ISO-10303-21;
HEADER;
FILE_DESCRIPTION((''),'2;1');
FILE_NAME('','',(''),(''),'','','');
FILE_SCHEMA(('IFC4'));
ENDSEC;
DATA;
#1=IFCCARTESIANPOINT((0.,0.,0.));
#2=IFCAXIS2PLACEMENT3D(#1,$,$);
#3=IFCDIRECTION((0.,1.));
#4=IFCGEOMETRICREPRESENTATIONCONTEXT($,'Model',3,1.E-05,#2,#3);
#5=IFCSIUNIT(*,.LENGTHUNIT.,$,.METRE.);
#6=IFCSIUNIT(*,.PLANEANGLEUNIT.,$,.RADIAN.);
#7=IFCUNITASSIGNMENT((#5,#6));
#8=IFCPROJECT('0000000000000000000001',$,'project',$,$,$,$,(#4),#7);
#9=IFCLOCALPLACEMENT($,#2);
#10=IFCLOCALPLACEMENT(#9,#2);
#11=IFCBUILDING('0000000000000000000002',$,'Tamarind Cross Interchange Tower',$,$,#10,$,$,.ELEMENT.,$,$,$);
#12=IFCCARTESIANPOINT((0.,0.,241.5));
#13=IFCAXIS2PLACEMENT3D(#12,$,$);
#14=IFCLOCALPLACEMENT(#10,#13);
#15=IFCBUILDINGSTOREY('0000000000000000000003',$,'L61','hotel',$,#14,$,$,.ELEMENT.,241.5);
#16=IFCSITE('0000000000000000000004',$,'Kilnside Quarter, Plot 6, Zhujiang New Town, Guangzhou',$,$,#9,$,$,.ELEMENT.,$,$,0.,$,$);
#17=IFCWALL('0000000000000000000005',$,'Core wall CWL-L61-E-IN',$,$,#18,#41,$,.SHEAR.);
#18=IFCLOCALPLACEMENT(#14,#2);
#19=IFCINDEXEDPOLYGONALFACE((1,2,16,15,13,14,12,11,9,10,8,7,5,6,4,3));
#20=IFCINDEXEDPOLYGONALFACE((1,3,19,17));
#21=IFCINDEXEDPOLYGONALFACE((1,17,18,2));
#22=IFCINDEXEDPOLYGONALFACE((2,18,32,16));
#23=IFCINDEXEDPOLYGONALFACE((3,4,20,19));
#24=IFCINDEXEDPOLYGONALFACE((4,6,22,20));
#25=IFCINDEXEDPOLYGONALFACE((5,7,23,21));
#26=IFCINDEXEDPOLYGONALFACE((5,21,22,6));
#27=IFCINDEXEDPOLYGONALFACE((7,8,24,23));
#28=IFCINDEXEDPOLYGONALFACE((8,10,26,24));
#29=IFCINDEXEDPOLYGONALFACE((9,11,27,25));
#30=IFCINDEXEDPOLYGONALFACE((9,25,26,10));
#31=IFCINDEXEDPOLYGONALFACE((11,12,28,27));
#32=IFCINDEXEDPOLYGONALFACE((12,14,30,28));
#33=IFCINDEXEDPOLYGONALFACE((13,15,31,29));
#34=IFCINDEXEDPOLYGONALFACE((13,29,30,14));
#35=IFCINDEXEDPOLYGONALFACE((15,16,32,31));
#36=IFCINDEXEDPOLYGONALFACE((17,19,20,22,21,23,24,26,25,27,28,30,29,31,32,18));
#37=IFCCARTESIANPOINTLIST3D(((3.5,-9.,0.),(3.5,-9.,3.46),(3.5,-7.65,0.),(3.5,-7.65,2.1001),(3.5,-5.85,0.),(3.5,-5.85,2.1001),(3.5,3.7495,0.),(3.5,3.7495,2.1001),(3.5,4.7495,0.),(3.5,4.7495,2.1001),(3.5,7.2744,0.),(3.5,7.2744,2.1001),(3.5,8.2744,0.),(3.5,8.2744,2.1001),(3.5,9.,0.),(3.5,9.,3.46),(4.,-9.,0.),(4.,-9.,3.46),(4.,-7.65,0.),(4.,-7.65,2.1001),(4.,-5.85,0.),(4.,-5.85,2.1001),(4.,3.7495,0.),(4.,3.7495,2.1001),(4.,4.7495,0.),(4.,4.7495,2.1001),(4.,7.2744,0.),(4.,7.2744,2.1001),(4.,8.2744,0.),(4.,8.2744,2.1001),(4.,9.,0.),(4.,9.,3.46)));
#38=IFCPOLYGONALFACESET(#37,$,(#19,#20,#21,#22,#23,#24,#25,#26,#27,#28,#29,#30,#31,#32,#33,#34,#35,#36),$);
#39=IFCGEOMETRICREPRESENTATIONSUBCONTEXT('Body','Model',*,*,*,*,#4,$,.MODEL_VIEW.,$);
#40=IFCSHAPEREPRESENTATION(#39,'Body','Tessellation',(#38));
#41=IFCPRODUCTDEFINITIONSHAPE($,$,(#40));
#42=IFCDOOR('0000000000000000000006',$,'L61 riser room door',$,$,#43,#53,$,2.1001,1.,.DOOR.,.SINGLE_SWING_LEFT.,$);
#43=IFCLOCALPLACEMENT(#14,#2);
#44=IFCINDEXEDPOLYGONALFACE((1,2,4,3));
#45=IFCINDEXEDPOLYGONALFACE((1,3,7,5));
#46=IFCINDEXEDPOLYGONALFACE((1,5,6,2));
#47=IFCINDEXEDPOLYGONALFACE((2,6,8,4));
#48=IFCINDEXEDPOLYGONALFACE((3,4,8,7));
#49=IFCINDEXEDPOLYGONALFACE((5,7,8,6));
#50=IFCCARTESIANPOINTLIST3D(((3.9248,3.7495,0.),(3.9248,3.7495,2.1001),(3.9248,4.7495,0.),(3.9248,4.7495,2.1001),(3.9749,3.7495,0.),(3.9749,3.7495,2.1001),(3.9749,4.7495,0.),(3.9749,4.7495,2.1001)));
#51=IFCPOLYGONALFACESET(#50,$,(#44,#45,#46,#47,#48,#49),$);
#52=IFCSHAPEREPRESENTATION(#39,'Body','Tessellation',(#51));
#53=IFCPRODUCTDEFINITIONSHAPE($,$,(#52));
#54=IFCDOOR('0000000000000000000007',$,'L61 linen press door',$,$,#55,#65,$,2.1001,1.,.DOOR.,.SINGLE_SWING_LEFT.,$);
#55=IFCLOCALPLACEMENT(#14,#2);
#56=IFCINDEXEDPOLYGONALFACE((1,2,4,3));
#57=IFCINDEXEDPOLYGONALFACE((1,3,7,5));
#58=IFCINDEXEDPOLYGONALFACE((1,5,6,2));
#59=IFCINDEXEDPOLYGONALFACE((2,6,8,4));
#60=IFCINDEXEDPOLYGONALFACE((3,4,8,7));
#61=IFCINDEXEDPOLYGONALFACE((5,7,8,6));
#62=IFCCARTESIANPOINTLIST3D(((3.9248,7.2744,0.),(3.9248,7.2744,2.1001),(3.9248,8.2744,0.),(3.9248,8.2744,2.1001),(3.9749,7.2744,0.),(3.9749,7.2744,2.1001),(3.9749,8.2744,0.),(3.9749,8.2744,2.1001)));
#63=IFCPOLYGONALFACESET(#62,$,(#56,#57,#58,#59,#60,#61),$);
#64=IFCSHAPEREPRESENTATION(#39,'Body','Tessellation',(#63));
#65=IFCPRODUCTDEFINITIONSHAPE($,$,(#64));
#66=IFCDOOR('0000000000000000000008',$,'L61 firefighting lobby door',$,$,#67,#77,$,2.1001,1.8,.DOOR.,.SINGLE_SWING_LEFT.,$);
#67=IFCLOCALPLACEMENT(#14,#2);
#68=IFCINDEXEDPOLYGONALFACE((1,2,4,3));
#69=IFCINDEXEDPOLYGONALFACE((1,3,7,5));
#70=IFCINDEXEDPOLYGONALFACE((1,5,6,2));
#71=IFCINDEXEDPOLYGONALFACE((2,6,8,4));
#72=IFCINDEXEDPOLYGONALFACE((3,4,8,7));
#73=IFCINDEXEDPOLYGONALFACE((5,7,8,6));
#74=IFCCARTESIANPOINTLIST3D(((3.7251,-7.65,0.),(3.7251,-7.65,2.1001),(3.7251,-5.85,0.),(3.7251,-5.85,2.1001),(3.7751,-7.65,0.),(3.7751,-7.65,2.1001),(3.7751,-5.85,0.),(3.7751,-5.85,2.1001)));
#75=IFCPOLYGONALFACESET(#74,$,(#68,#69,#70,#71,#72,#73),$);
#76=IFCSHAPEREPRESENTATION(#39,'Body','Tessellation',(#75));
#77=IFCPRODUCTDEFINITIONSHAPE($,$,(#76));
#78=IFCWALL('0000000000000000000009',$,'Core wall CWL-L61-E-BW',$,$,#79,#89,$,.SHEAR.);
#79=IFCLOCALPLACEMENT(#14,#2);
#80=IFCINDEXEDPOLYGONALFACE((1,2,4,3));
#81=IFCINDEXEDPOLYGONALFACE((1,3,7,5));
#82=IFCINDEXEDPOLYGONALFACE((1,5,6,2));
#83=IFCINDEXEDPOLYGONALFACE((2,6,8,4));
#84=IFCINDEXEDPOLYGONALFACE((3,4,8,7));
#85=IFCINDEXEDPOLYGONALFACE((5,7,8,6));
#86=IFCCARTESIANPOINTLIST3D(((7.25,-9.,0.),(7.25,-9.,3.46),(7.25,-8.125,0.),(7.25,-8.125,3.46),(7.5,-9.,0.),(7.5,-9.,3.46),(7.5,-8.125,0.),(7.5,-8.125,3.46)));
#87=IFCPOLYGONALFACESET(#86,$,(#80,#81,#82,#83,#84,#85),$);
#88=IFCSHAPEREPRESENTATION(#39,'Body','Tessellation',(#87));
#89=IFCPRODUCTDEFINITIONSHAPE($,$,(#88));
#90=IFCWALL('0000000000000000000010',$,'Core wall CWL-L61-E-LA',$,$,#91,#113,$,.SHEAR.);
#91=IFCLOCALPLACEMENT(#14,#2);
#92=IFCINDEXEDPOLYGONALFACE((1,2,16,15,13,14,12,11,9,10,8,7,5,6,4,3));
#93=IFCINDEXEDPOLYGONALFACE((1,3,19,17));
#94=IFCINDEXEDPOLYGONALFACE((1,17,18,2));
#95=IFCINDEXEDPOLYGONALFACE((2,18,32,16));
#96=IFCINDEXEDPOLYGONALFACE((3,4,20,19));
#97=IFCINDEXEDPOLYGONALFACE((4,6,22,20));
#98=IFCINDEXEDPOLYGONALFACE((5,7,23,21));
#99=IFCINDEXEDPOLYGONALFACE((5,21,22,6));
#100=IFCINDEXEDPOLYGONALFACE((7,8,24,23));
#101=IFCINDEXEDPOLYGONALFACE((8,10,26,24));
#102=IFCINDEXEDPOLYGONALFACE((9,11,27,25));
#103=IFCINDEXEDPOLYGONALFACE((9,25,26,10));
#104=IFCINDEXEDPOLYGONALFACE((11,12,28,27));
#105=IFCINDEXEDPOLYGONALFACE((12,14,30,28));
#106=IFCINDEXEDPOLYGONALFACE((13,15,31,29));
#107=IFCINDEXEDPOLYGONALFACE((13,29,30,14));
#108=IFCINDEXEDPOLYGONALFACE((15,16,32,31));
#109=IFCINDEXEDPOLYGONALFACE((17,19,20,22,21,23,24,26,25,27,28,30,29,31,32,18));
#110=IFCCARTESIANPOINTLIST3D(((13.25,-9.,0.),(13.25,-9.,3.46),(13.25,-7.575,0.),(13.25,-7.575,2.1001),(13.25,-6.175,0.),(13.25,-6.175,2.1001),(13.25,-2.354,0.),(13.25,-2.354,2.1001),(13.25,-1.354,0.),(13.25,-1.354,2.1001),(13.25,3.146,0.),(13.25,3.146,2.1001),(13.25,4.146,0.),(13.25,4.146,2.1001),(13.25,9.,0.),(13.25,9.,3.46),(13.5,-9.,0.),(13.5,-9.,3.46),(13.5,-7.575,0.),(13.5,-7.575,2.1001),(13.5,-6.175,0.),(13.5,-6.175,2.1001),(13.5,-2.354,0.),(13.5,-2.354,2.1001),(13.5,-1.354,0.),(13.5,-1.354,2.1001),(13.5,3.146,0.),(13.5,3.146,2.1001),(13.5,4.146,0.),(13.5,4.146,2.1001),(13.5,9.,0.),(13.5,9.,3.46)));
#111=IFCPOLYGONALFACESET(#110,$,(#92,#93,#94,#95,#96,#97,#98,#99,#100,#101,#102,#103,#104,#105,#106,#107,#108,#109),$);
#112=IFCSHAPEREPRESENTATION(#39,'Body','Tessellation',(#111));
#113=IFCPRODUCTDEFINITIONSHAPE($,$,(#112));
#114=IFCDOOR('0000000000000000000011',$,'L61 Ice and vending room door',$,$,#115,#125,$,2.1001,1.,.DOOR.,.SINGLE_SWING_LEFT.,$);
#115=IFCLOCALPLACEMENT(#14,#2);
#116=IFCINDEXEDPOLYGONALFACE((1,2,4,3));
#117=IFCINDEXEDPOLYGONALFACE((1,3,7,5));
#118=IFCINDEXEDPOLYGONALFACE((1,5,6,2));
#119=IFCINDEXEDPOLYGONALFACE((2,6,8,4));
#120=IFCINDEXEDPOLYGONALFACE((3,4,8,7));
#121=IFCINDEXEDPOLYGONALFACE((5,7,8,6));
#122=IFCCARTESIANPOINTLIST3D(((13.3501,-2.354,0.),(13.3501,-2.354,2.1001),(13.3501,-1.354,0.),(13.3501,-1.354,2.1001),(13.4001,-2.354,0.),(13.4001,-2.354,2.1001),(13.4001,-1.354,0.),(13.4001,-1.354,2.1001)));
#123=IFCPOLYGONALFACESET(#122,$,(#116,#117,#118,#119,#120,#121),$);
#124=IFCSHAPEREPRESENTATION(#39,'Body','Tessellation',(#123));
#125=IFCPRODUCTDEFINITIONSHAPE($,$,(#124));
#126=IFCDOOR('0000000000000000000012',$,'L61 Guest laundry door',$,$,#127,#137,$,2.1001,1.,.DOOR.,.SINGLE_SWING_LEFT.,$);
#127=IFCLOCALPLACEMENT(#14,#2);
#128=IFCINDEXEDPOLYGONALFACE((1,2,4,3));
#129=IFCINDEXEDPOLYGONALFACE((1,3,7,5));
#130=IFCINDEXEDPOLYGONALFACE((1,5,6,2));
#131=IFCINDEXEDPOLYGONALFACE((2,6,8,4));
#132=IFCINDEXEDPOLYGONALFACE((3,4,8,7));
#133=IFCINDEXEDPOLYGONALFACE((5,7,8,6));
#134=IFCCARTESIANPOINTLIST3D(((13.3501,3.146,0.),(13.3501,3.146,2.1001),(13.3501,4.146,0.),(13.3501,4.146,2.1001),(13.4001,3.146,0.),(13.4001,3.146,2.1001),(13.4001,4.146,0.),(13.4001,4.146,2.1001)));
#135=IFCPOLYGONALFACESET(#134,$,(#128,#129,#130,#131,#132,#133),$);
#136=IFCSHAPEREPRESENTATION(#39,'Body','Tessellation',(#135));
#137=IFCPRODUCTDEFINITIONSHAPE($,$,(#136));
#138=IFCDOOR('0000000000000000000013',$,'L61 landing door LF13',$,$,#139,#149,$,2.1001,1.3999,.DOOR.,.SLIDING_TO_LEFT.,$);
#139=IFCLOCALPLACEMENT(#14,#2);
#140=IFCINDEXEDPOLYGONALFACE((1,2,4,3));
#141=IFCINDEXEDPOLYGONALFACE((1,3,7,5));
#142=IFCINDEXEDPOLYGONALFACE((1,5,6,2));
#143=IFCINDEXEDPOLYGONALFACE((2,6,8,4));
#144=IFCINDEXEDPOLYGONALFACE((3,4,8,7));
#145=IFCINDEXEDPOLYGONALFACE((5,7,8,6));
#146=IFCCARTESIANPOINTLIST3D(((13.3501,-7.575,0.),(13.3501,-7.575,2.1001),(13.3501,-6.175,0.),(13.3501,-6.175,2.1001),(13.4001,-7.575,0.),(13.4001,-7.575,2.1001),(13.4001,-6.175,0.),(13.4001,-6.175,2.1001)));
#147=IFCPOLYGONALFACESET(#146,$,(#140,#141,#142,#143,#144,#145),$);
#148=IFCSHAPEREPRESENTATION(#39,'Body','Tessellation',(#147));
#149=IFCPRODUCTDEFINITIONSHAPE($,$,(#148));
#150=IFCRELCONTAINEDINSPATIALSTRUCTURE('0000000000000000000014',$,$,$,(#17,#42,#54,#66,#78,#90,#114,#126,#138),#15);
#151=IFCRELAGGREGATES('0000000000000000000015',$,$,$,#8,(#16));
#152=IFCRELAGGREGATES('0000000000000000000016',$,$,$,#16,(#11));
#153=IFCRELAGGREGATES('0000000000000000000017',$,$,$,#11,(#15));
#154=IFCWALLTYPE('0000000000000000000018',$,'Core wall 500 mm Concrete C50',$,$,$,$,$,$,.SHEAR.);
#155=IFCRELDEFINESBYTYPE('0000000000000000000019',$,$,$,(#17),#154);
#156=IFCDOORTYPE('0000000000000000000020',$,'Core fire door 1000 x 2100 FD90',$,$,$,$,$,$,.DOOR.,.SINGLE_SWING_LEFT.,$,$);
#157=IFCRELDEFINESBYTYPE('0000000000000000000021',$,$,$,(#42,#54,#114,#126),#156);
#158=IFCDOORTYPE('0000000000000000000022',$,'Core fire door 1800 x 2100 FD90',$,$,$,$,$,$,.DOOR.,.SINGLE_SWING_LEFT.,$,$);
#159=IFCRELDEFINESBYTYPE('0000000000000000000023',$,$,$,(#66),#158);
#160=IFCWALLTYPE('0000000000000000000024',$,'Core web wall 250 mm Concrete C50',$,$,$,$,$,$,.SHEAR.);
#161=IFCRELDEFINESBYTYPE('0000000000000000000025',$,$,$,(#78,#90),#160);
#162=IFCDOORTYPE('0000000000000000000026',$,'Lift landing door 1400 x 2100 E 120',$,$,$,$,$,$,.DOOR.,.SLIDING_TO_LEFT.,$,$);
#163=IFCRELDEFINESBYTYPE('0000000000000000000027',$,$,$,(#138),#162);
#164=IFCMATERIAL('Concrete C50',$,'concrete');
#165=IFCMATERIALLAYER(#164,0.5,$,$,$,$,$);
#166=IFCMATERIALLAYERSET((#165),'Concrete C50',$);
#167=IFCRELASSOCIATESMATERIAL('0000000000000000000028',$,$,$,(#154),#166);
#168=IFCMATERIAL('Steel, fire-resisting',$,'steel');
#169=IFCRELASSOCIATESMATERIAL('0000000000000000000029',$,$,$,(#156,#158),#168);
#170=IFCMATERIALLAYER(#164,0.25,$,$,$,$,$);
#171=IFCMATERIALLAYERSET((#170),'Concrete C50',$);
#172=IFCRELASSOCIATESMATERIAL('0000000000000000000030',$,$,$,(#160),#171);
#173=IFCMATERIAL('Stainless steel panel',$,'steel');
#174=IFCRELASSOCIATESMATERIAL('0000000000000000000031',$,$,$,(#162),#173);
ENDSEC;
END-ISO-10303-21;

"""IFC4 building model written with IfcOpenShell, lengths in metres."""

from ifc_helpers import new_model, si_unit, direction, frame, frame_2d, origin, place, context, subcontext, project, spatial, rectangle, extrude, material, layer, layer_set, type_object, element, fill, save


model = new_model("IFC4")

# Units and contexts
model_context = context("Model", 3, precision=1e-05, world=origin(), true_north=direction((0.0, 1.0)))
body_context = subcontext(model_context, "Body", "Model", "MODEL_VIEW")
ifc_project = project(units=[si_unit("LENGTHUNIT", "METRE"), si_unit("PLANEANGLEUNIT", "RADIAN")], contexts=[model_context])

# Site, building, storey
site_placement = place(None, origin())
site = spatial("IfcSite", under=ifc_project, at=site_placement, Name="Kilnside Quarter, Plot 6, Zhujiang New Town, Guangzhou", CompositionType="ELEMENT", RefElevation=0.0)
building_placement = place(site_placement, origin())
building = spatial("IfcBuilding", under=site, at=building_placement, Name="Tamarind Cross Interchange Tower", CompositionType="ELEMENT")
storey_placement = place(building_placement, frame((0.0, 0.0, 241.5)))
storey = spatial("IfcBuildingStorey", under=building, at=storey_placement, Name="L61", Description="hotel", CompositionType="ELEMENT", Elevation=241.5)

# Wall, openings, doors
ifc_material_1 = material(Name="Concrete C50", Category="concrete")
ifc_layer_1 = layer(ifc_material_1, 0.5)
ifc_layer_set_1 = layer_set([ifc_layer_1], Name="Concrete C50")
wall_type_1 = type_object("IfcWallType", Name="Core wall 500 mm Concrete C50", PredefinedType="SHEAR", material=ifc_layer_set_1)
wall_1_placement = place(storey_placement, frame((3.75, -9.0, 0.0), z_axis=(0.0, 0.0, 1.0), x_axis=(0.0, 1.0, 0.0)))
wall_1 = element("IfcWall", 1, at=wall_1_placement, inside=storey, type_object=wall_type_1, Name="Core wall CWL-L61-E-IN", PredefinedType="SHEAR", context=body_context, shape_type="SweptSolid", body=[
    extrude(rectangle(XDim=18.0, YDim=0.5, at=frame_2d((9.0, 0.0))), origin(), (0.0, 0.0, 1.0), 3.46),
])
opening_1_placement = place(wall_1_placement, frame((1.3501, 0.0, 0.0)))
opening_1 = element("IfcOpeningElement", 2, at=opening_1_placement, cuts=wall_1, PredefinedType="OPENING", context=body_context, shape_type="SweptSolid", body=[
    extrude(rectangle(XDim=1.8, YDim=2.1001, at=frame_2d((0.8999, 1.05))), frame((0.0, 0.26, 0.0), z_axis=(0.0, -1.0, 0.0), x_axis=(1.0, 0.0, 0.0)), (0.0, 0.0, 1.0), 0.52),
])
opening_2_placement = place(wall_1_placement, frame((12.7495, 0.0, 0.0)))
opening_2 = element("IfcOpeningElement", 3, at=opening_2_placement, cuts=wall_1, PredefinedType="OPENING", context=body_context, shape_type="SweptSolid", body=[
    extrude(rectangle(XDim=1.0, YDim=2.1001, at=frame_2d((0.5, 1.05))), frame((0.0, 0.26, 0.0), z_axis=(0.0, -1.0, 0.0), x_axis=(1.0, 0.0, 0.0)), (0.0, 0.0, 1.0), 0.52),
])
opening_3_placement = place(wall_1_placement, frame((16.2744, 0.0, 0.0)))
opening_3 = element("IfcOpeningElement", 4, at=opening_3_placement, cuts=wall_1, PredefinedType="OPENING", context=body_context, shape_type="SweptSolid", body=[
    extrude(rectangle(XDim=1.0, YDim=2.1001, at=frame_2d((0.5, 1.05))), frame((0.0, 0.26, 0.0), z_axis=(0.0, -1.0, 0.0), x_axis=(1.0, 0.0, 0.0)), (0.0, 0.0, 1.0), 0.52),
])
ifc_material_2 = material(Name="Steel, fire-resisting", Category="steel")
door_type_1 = type_object("IfcDoorType", Name="Core fire door 1000 x 2100 FD90", OperationType="SINGLE_SWING_LEFT", PredefinedType="DOOR", material=ifc_material_2)
door_1_placement = place(opening_2_placement, origin())
door_1 = element("IfcDoor", 5, at=door_1_placement, inside=storey, type_object=door_type_1, Name="L61 riser room door", OperationType="SINGLE_SWING_LEFT", OverallHeight=2.1001, OverallWidth=1.0, PredefinedType="DOOR", context=body_context, shape_type="SweptSolid", body=[
    extrude(rectangle(XDim=1.0, YDim=2.1001, at=frame_2d((0.5, 1.05))), frame((0.0, -0.1748, 0.0), z_axis=(0.0, -1.0, 0.0), x_axis=(1.0, 0.0, 0.0)), (0.0, 0.0, 1.0), 0.05),
])
fill(opening_2, door_1)
door_2_placement = place(opening_3_placement, origin())
door_2 = element("IfcDoor", 6, at=door_2_placement, inside=storey, type_object=door_type_1, Name="L61 linen press door", OperationType="SINGLE_SWING_LEFT", OverallHeight=2.1001, OverallWidth=1.0, PredefinedType="DOOR", context=body_context, shape_type="SweptSolid", body=[
    extrude(rectangle(XDim=1.0, YDim=2.1001, at=frame_2d((0.5, 1.05))), frame((0.0, -0.1748, 0.0), z_axis=(0.0, -1.0, 0.0), x_axis=(1.0, 0.0, 0.0)), (0.0, 0.0, 1.0), 0.05),
])
fill(opening_3, door_2)
door_type_2 = type_object("IfcDoorType", Name="Core fire door 1800 x 2100 FD90", OperationType="SINGLE_SWING_LEFT", PredefinedType="DOOR", material=ifc_material_2)
door_3_placement = place(opening_1_placement, origin())
door_3 = element("IfcDoor", 7, at=door_3_placement, inside=storey, type_object=door_type_2, Name="L61 firefighting lobby door", OperationType="SINGLE_SWING_LEFT", OverallHeight=2.1001, OverallWidth=1.8, PredefinedType="DOOR", context=body_context, shape_type="SweptSolid", body=[
    extrude(rectangle(XDim=1.8, YDim=2.1001, at=frame_2d((0.8999, 1.05))), frame((0.0, 0.0249, 0.0), z_axis=(0.0, -1.0, 0.0), x_axis=(1.0, 0.0, 0.0)), (0.0, 0.0, 1.0), 0.05),
])
fill(opening_1, door_3)

# Wall
ifc_layer_2 = layer(ifc_material_1, 0.25)
ifc_layer_set_2 = layer_set([ifc_layer_2], Name="Concrete C50")
wall_type_2 = type_object("IfcWallType", Name="Core web wall 250 mm Concrete C50", PredefinedType="SHEAR", material=ifc_layer_set_2)
wall_2_placement = place(storey_placement, frame((7.375, -9.0, 0.0), z_axis=(0.0, 0.0, 1.0), x_axis=(0.0, 1.0, 0.0)))
element("IfcWall", 8, at=wall_2_placement, inside=storey, type_object=wall_type_2, Name="Core wall CWL-L61-E-BW", PredefinedType="SHEAR", context=body_context, shape_type="SweptSolid", body=[
    extrude(rectangle(XDim=0.875, YDim=0.25, at=frame_2d((0.4375, 0.0))), origin(), (0.0, 0.0, 1.0), 3.46),
])

# Wall, openings, doors
wall_3_placement = place(storey_placement, frame((13.375, -9.0, 0.0), z_axis=(0.0, 0.0, 1.0), x_axis=(0.0, 1.0, 0.0)))
wall_3 = element("IfcWall", 9, at=wall_3_placement, inside=storey, type_object=wall_type_2, Name="Core wall CWL-L61-E-LA", PredefinedType="SHEAR", context=body_context, shape_type="SweptSolid", body=[
    extrude(rectangle(XDim=18.0, YDim=0.25, at=frame_2d((9.0, 0.0))), origin(), (0.0, 0.0, 1.0), 3.46),
])
opening_4_placement = place(wall_3_placement, frame((1.425, 0.0, 0.0)))
opening_4 = element("IfcOpeningElement", 10, at=opening_4_placement, cuts=wall_3, PredefinedType="OPENING", context=body_context, shape_type="SweptSolid", body=[
    extrude(rectangle(XDim=1.3999, YDim=2.1001, at=frame_2d((0.7, 1.05))), frame((0.0, 0.135, 0.0), z_axis=(0.0, -1.0, 0.0), x_axis=(1.0, 0.0, 0.0)), (0.0, 0.0, 1.0), 0.27),
])
opening_5_placement = place(wall_3_placement, frame((6.646, 0.0, 0.0)))
opening_5 = element("IfcOpeningElement", 11, at=opening_5_placement, cuts=wall_3, PredefinedType="OPENING", context=body_context, shape_type="SweptSolid", body=[
    extrude(rectangle(XDim=1.0, YDim=2.1001, at=frame_2d((0.5, 1.05))), frame((0.0, 0.135, 0.0), z_axis=(0.0, -1.0, 0.0), x_axis=(1.0, 0.0, 0.0)), (0.0, 0.0, 1.0), 0.27),
])
opening_6_placement = place(wall_3_placement, frame((12.146, 0.0, 0.0)))
opening_6 = element("IfcOpeningElement", 12, at=opening_6_placement, cuts=wall_3, PredefinedType="OPENING", context=body_context, shape_type="SweptSolid", body=[
    extrude(rectangle(XDim=1.0, YDim=2.1001, at=frame_2d((0.5, 1.05))), frame((0.0, 0.135, 0.0), z_axis=(0.0, -1.0, 0.0), x_axis=(1.0, 0.0, 0.0)), (0.0, 0.0, 1.0), 0.27),
])
door_4_placement = place(opening_5_placement, origin())
door_4 = element("IfcDoor", 13, at=door_4_placement, inside=storey, type_object=door_type_1, Name="L61 Ice and vending room door", OperationType="SINGLE_SWING_LEFT", OverallHeight=2.1001, OverallWidth=1.0, PredefinedType="DOOR", context=body_context, shape_type="SweptSolid", body=[
    extrude(rectangle(XDim=1.0, YDim=2.1001, at=frame_2d((0.5, 1.05))), frame((0.0, 0.0249, 0.0), z_axis=(0.0, -1.0, 0.0), x_axis=(1.0, 0.0, 0.0)), (0.0, 0.0, 1.0), 0.05),
])
fill(opening_5, door_4)
door_5_placement = place(opening_6_placement, origin())
door_5 = element("IfcDoor", 14, at=door_5_placement, inside=storey, type_object=door_type_1, Name="L61 Guest laundry door", OperationType="SINGLE_SWING_LEFT", OverallHeight=2.1001, OverallWidth=1.0, PredefinedType="DOOR", context=body_context, shape_type="SweptSolid", body=[
    extrude(rectangle(XDim=1.0, YDim=2.1001, at=frame_2d((0.5, 1.05))), frame((0.0, 0.0249, 0.0), z_axis=(0.0, -1.0, 0.0), x_axis=(1.0, 0.0, 0.0)), (0.0, 0.0, 1.0), 0.05),
])
fill(opening_6, door_5)
ifc_material_3 = material(Name="Stainless steel panel", Category="steel")
door_type_3 = type_object("IfcDoorType", Name="Lift landing door 1400 x 2100 E 120", OperationType="SLIDING_TO_LEFT", PredefinedType="DOOR", material=ifc_material_3)
door_6_placement = place(opening_4_placement, origin())
door_6 = element("IfcDoor", 15, at=door_6_placement, inside=storey, type_object=door_type_3, Name="L61 landing door LF13", OperationType="SLIDING_TO_LEFT", OverallHeight=2.1001, OverallWidth=1.3999, PredefinedType="DOOR", context=body_context, shape_type="SweptSolid", body=[
    extrude(rectangle(XDim=1.3999, YDim=2.1001, at=frame_2d((0.7, 1.05))), frame((0.0, 0.0249, 0.0), z_axis=(0.0, -1.0, 0.0), x_axis=(1.0, 0.0, 0.0)), (0.0, 0.0, 1.0), 0.05),
])
fill(opening_4, door_6)

save(model, "model.ifc")
